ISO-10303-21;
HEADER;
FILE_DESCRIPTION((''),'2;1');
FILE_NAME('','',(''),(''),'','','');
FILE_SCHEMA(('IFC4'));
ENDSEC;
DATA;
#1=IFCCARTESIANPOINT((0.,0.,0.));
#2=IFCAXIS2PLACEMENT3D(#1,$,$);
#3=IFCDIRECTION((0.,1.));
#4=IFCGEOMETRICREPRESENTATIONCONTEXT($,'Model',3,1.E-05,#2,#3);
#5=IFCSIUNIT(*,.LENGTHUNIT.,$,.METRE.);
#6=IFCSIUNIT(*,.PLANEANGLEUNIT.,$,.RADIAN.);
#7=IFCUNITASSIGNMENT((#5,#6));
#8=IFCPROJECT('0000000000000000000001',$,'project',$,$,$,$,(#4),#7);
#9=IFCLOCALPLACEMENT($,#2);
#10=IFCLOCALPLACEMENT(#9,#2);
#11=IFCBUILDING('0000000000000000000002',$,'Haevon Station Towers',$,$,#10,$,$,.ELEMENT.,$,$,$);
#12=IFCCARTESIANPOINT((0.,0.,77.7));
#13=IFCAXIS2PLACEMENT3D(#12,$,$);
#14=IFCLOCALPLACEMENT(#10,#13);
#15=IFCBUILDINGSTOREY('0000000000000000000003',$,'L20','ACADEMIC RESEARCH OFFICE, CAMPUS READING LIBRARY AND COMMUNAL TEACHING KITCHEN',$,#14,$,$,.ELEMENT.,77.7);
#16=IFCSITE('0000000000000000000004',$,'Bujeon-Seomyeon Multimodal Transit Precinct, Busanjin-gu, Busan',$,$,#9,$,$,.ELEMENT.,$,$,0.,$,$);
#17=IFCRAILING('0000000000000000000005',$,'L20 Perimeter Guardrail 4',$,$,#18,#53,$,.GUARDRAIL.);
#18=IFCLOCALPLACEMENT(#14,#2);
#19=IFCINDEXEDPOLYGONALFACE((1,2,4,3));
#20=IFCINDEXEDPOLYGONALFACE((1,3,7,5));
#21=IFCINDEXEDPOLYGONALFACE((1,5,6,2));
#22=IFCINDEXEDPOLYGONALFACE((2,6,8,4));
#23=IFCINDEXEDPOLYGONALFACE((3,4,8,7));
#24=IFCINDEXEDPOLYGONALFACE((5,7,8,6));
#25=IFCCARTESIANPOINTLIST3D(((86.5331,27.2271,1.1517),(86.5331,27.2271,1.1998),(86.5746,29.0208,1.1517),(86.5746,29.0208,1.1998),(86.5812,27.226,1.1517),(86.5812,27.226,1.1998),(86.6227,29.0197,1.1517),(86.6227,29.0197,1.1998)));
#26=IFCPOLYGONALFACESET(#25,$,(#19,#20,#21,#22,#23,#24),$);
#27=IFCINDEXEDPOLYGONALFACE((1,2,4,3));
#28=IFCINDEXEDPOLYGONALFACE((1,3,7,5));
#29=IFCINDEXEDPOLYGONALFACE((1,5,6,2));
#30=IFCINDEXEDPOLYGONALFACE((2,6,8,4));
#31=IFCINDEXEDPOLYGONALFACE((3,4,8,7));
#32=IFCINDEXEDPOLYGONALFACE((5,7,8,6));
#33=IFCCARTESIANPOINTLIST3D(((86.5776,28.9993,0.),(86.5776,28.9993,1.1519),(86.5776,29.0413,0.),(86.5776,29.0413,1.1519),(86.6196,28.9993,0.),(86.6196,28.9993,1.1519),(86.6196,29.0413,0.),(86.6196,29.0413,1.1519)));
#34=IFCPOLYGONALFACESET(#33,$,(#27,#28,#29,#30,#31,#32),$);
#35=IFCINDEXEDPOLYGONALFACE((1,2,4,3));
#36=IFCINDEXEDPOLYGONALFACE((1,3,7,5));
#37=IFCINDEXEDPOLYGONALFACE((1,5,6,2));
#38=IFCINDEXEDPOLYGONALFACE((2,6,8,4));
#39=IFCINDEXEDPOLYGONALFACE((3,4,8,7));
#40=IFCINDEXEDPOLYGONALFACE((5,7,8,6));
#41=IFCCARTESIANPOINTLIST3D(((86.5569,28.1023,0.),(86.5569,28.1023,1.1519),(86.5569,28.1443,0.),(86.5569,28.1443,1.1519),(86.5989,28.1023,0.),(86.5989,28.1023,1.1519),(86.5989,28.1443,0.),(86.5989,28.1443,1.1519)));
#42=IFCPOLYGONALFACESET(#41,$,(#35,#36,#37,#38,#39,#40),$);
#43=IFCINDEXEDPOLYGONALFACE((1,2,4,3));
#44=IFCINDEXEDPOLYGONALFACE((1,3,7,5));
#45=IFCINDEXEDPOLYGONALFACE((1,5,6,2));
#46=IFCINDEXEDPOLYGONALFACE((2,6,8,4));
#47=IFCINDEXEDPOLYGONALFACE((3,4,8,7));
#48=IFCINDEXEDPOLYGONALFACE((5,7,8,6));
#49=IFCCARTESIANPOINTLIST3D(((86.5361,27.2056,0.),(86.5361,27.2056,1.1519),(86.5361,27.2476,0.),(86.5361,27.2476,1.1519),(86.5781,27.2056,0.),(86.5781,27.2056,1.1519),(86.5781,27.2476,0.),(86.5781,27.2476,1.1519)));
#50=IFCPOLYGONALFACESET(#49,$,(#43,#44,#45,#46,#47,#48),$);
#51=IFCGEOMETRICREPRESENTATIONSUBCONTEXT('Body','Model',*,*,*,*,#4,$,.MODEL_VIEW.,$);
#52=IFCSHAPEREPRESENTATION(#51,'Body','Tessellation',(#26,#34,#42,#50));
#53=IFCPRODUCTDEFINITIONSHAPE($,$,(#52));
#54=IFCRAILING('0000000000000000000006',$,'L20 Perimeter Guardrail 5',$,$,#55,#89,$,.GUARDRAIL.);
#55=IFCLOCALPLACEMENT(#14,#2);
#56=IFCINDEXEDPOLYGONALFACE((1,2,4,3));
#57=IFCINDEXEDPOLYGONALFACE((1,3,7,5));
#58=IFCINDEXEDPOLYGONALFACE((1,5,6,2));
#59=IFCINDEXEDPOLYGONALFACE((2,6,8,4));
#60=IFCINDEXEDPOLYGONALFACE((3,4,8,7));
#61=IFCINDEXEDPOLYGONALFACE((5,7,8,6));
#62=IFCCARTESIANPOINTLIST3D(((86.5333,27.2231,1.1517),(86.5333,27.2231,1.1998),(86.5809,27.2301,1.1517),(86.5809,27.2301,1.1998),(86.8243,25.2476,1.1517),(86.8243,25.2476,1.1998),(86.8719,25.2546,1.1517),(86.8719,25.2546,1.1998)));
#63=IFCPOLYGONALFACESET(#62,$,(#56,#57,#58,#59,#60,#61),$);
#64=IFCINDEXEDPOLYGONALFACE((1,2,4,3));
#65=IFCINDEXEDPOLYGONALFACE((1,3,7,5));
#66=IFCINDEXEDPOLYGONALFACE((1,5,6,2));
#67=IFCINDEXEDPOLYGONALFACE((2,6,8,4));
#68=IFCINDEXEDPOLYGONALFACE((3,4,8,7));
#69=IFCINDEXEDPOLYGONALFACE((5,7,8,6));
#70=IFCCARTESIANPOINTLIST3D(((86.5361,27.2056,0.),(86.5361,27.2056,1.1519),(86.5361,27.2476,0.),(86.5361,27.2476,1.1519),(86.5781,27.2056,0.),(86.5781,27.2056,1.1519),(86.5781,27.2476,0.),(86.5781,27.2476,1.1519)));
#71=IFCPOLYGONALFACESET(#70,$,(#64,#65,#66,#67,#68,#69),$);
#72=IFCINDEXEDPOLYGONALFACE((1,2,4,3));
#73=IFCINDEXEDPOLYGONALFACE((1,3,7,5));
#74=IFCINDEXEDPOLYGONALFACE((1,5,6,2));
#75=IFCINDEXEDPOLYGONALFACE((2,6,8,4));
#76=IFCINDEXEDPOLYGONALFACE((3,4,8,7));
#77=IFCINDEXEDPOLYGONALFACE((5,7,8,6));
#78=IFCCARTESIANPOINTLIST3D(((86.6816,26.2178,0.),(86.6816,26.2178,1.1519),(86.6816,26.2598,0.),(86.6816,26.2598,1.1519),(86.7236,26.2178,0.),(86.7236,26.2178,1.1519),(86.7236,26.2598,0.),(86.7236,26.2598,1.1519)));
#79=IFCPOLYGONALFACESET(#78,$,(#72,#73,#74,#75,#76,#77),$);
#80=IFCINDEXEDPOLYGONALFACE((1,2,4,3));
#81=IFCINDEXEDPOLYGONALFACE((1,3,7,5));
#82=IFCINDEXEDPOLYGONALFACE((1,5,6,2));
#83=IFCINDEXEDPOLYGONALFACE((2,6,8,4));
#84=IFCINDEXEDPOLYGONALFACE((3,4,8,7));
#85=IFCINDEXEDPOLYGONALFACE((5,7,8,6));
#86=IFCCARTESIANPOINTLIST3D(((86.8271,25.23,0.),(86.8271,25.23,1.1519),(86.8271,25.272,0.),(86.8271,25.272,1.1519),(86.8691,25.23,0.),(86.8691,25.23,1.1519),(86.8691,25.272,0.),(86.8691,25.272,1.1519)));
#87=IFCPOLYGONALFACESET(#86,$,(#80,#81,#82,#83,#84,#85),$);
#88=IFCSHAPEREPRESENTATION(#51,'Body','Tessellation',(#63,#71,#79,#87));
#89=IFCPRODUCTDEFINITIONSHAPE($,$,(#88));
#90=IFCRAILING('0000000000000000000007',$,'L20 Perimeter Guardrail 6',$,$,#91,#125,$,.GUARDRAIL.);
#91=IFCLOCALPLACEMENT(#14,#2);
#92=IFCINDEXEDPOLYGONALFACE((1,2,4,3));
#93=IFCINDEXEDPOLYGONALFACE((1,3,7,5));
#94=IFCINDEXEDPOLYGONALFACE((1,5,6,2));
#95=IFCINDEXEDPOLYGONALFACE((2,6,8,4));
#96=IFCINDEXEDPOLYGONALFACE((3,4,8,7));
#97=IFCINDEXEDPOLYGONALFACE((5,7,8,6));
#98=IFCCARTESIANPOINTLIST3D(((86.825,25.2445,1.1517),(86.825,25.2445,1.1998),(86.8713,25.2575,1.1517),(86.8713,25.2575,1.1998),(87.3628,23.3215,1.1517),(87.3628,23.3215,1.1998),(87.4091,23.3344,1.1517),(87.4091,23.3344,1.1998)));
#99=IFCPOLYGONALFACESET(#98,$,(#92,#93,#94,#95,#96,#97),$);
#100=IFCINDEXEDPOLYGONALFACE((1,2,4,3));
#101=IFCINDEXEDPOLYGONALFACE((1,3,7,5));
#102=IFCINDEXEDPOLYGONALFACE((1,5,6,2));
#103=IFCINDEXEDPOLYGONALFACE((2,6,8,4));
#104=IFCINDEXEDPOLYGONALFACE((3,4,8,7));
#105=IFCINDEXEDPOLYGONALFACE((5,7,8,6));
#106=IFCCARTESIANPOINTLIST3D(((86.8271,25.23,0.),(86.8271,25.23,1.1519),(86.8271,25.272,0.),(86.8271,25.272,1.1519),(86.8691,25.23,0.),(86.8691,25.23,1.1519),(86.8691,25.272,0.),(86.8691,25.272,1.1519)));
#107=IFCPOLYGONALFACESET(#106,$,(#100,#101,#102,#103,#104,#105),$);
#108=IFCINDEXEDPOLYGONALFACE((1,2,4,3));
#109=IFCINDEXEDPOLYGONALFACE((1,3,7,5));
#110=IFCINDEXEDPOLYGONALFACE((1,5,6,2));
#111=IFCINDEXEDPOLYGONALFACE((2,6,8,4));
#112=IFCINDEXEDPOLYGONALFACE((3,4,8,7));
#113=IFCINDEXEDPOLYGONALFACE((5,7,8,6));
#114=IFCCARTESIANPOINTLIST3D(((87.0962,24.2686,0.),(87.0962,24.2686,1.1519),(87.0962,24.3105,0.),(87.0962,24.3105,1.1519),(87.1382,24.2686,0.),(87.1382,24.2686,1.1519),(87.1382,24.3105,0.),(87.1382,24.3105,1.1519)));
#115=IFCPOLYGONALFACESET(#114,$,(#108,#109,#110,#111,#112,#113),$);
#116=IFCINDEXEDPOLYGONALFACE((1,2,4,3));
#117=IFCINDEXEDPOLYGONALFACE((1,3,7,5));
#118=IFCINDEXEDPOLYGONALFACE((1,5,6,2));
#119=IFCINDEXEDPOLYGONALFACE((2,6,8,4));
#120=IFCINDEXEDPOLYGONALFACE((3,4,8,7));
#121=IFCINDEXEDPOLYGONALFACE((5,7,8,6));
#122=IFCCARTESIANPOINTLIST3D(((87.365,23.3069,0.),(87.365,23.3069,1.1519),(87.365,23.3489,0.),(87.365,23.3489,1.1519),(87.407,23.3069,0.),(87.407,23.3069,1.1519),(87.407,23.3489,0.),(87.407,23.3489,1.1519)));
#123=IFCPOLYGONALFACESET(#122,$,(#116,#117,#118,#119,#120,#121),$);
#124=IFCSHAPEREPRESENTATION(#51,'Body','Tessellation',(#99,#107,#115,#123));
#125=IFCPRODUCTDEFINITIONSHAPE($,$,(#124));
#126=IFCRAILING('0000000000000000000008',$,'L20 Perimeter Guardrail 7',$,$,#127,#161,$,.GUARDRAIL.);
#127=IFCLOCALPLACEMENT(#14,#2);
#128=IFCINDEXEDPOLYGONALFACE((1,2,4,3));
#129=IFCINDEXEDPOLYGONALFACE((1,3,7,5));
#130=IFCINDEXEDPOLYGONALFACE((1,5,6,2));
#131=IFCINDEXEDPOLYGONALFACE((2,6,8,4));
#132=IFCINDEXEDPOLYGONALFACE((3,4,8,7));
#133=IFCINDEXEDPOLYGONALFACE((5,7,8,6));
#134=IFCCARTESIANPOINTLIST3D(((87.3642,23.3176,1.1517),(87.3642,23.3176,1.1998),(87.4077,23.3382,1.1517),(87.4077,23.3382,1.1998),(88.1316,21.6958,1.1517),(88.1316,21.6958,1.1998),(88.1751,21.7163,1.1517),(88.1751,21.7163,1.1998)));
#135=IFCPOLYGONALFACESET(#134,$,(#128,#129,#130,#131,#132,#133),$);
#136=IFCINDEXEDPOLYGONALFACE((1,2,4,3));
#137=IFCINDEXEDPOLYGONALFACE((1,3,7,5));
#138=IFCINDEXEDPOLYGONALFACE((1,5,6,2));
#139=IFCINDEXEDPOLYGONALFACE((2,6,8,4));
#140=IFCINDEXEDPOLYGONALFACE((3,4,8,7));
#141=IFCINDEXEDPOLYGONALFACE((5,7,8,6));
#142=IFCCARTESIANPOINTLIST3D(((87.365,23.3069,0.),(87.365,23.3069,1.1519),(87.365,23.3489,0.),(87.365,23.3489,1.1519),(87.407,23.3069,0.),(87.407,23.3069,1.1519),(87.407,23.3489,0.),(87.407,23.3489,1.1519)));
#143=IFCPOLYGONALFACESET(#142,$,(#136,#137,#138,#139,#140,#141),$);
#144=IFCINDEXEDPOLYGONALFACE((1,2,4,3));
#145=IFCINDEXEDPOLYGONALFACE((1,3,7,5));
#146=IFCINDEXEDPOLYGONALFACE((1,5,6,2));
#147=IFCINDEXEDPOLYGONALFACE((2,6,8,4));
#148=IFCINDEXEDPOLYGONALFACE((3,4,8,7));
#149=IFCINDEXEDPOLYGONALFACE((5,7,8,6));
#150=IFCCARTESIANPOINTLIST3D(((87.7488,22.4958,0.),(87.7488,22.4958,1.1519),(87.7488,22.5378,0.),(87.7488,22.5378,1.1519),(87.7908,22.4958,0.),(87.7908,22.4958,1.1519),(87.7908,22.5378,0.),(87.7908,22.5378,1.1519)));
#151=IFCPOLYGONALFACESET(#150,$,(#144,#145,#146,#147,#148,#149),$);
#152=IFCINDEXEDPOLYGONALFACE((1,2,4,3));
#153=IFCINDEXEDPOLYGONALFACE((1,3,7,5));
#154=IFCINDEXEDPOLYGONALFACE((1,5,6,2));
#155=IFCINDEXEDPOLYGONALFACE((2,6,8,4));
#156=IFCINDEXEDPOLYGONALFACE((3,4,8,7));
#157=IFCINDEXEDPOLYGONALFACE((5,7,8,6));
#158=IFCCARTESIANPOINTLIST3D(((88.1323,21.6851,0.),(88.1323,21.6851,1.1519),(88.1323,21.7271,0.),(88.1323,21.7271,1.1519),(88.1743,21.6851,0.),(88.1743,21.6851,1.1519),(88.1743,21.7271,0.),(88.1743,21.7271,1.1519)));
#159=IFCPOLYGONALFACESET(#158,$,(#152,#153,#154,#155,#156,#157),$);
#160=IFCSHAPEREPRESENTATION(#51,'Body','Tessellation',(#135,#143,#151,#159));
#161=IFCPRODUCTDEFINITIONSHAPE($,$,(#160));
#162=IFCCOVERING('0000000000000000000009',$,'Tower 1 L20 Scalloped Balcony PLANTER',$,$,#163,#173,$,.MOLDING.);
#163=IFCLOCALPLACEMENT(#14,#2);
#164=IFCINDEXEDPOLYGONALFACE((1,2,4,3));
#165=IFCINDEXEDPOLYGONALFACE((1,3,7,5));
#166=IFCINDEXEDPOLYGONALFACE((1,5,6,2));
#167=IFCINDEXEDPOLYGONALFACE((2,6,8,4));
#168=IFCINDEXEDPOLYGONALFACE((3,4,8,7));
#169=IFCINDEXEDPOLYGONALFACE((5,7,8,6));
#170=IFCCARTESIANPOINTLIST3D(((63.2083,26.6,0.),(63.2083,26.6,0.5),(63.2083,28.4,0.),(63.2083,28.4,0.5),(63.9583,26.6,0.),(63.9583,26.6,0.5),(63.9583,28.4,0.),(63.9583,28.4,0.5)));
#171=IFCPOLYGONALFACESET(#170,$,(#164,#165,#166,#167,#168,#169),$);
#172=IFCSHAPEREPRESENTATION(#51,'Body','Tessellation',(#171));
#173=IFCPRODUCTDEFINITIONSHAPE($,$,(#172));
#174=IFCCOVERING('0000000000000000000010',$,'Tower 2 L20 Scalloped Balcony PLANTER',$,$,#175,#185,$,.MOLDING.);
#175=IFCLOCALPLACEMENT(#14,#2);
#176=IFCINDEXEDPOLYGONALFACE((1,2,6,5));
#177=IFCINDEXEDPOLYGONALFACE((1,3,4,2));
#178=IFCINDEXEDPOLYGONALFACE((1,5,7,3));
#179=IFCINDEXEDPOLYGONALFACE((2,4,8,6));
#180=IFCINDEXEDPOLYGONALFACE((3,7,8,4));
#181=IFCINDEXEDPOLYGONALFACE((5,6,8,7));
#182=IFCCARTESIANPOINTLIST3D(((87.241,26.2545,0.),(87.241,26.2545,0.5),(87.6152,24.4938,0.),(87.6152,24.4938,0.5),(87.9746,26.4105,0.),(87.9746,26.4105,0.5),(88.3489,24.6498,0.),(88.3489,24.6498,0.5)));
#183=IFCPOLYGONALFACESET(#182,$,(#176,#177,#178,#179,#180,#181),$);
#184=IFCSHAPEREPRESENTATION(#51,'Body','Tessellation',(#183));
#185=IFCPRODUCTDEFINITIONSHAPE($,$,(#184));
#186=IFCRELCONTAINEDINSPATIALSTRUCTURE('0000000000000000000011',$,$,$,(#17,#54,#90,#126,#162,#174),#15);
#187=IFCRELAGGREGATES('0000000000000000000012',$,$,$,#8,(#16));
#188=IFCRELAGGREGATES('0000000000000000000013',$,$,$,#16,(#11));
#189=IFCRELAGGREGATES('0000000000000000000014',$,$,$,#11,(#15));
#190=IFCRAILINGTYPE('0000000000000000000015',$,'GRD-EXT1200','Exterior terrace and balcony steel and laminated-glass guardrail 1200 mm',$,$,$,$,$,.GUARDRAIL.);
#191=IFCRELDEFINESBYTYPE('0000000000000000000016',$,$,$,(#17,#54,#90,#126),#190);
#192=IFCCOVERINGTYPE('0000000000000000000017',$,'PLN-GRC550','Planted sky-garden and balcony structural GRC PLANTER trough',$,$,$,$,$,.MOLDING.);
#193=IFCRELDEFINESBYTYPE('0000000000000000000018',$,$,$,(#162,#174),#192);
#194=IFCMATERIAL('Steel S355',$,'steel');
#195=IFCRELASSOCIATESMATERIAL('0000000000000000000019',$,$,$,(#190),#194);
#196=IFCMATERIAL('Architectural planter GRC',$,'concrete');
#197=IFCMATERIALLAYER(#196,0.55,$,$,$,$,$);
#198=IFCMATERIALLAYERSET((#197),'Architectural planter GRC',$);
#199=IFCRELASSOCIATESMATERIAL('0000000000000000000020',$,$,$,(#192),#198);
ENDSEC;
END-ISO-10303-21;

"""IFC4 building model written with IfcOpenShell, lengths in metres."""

from ifc_helpers import new_model, si_unit, direction, frame, origin, origin_2d, place, context, subcontext, project, spatial, rectangle, extrude, material, layer, layer_set, type_object, element, save


model = new_model("IFC4")

# Units and contexts
model_context = context("Model", 3, precision=1e-05, world=origin(), true_north=direction((0.0, 1.0)))
body_context = subcontext(model_context, "Body", "Model", "MODEL_VIEW")
ifc_project = project(units=[si_unit("LENGTHUNIT", "METRE"), si_unit("PLANEANGLEUNIT", "RADIAN")], contexts=[model_context])

# Site, building, storey
site_placement = place(None, origin())
site = spatial("IfcSite", under=ifc_project, at=site_placement, Name="Bujeon-Seomyeon Multimodal Transit Precinct, Busanjin-gu, Busan", CompositionType="ELEMENT", RefElevation=0.0)
building_placement = place(site_placement, origin())
building = spatial("IfcBuilding", under=site, at=building_placement, Name="Haevon Station Towers", CompositionType="ELEMENT")
storey_placement = place(building_placement, frame((0.0, 0.0, 77.7)))
storey = spatial("IfcBuildingStorey", under=building, at=storey_placement, Name="L20", Description="ACADEMIC RESEARCH OFFICE, CAMPUS READING LIBRARY AND COMMUNAL TEACHING KITCHEN", CompositionType="ELEMENT", Elevation=77.7)

# Shared definitions
ifc_material_1 = material(Name="Steel S355", Category="steel")

# Railings
railing_type = type_object("IfcRailingType", Name="GRD-EXT1200", Description="Exterior terrace and balcony steel and laminated-glass guardrail 1200 mm", PredefinedType="GUARDRAIL", material=ifc_material_1)
railing_1_placement = place(storey_placement, frame((86.5986, 29.0203, 0.0)))
element("IfcRailing", 1, at=railing_1_placement, inside=storey, type_object=railing_type, Name="L20 Perimeter Guardrail 4", PredefinedType="GUARDRAIL", context=body_context, shape_type="SweptSolid", body=[
    extrude(rectangle(XDim=0.0481, YDim=0.0481, at=origin_2d()), frame((0.0, 0.0, 1.1758), z_axis=(-0.023133, -0.999732, 0.0), x_axis=(0.999732, -0.023133, 0.0)), (0.0, 0.0, 1.0), 1.7942),
    extrude(rectangle(XDim=0.042, YDim=0.042, at=origin_2d()), origin(), (0.0, 0.0, 1.0), 1.1519),
    extrude(rectangle(XDim=0.042, YDim=0.042, at=origin_2d()), frame((-0.0208, -0.897, 0.0)), (0.0, 0.0, 1.0), 1.1519),
    extrude(rectangle(XDim=0.042, YDim=0.042, at=origin_2d()), frame((-0.0415, -1.7937, 0.0)), (0.0, 0.0, 1.0), 1.1519),
])
railing_2_placement = place(storey_placement, frame((86.5571, 27.2266, 0.0)))
element("IfcRailing", 2, at=railing_2_placement, inside=storey, type_object=railing_type, Name="L20 Perimeter Guardrail 5", PredefinedType="GUARDRAIL", context=body_context, shape_type="SweptSolid", body=[
    extrude(rectangle(XDim=0.0481, YDim=0.0481, at=origin_2d()), frame((0.0, 0.0, 1.1758), z_axis=(0.145733, -0.989324, 0.0), x_axis=(0.989324, 0.145733, 0.0)), (0.0, 0.0, 1.0), 1.9968),
    extrude(rectangle(XDim=0.042, YDim=0.042, at=origin_2d()), origin(), (0.0, 0.0, 1.0), 1.1519),
    extrude(rectangle(XDim=0.042, YDim=0.042, at=origin_2d()), frame((0.1455, -0.9878, 0.0)), (0.0, 0.0, 1.0), 1.1519),
    extrude(rectangle(XDim=0.042, YDim=0.042, at=origin_2d()), frame((0.291, -1.9756, 0.0)), (0.0, 0.0, 1.0), 1.1519),
])
railing_3_placement = place(storey_placement, frame((86.8481, 25.251, 0.0)))
element("IfcRailing", 3, at=railing_3_placement, inside=storey, type_object=railing_type, Name="L20 Perimeter Guardrail 6", PredefinedType="GUARDRAIL", context=body_context, shape_type="SweptSolid", body=[
    extrude(rectangle(XDim=0.0481, YDim=0.0481, at=origin_2d()), frame((0.0, 0.0, 1.1758), z_axis=(0.26934, -0.963045, 0.0), x_axis=(0.963045, 0.26934, 0.0)), (0.0, 0.0, 1.0), 1.9968),
    extrude(rectangle(XDim=0.042, YDim=0.042, at=origin_2d()), origin(), (0.0, 0.0, 1.0), 1.1519),
    extrude(rectangle(XDim=0.042, YDim=0.042, at=origin_2d()), frame((0.269, -0.9614, 0.0)), (0.0, 0.0, 1.0), 1.1519),
    extrude(rectangle(XDim=0.042, YDim=0.042, at=origin_2d()), frame((0.5378, -1.9231, 0.0)), (0.0, 0.0, 1.0), 1.1519),
])
railing_4_placement = place(storey_placement, frame((87.386, 23.3279, 0.0)))
element("IfcRailing", 4, at=railing_4_placement, inside=storey, type_object=railing_type, Name="L20 Perimeter Guardrail 7", PredefinedType="GUARDRAIL", context=body_context, shape_type="SweptSolid", body=[
    extrude(rectangle(XDim=0.0481, YDim=0.0481, at=origin_2d()), frame((0.0, 0.0, 1.1758), z_axis=(0.427677, -0.903932, 0.0), x_axis=(0.903932, 0.427677, 0.0)), (0.0, 0.0, 1.0), 1.7942),
    extrude(rectangle(XDim=0.042, YDim=0.042, at=origin_2d()), origin(), (0.0, 0.0, 1.0), 1.1519),
    extrude(rectangle(XDim=0.042, YDim=0.042, at=origin_2d()), frame((0.3838, -0.811, 0.0)), (0.0, 0.0, 1.0), 1.1519),
    extrude(rectangle(XDim=0.042, YDim=0.042, at=origin_2d()), frame((0.7673, -1.6218, 0.0)), (0.0, 0.0, 1.0), 1.1519),
])

# Coverings
ifc_material_2 = material(Name="Architectural planter GRC", Category="concrete")
ifc_layer_1 = layer(ifc_material_2, 0.55)
ifc_layer_set_1 = layer_set([ifc_layer_1], Name="Architectural planter GRC")
covering_type = type_object("IfcCoveringType", Name="PLN-GRC550", Description="Planted sky-garden and balcony structural GRC PLANTER trough", PredefinedType="MOLDING", material=ifc_layer_set_1)
for number, where, z_axis, x_axis, name in (
    (5, (63.5833, 27.5, 0.0), (0.0, 0.0, 1.0), (1.0, 0.0, 0.0), "Tower 1 L20 Scalloped Balcony PLANTER"),
    (6, (87.7949, 25.4521, 0.0), (0.0, 0.0, 1.0), (0.978148, 0.207912, 0.0), "Tower 2 L20 Scalloped Balcony PLANTER"),
):
    element("IfcCovering", number, at=place(storey_placement, frame(where, z_axis=z_axis, x_axis=x_axis)), inside=storey, type_object=covering_type, Name=name, PredefinedType="MOLDING", context=body_context, shape_type="SweptSolid", body=[
        extrude(rectangle(XDim=0.75, YDim=1.8, at=origin_2d()), origin(), (0.0, 0.0, 1.0), 0.5),
    ])

save(model, "model.ifc")
